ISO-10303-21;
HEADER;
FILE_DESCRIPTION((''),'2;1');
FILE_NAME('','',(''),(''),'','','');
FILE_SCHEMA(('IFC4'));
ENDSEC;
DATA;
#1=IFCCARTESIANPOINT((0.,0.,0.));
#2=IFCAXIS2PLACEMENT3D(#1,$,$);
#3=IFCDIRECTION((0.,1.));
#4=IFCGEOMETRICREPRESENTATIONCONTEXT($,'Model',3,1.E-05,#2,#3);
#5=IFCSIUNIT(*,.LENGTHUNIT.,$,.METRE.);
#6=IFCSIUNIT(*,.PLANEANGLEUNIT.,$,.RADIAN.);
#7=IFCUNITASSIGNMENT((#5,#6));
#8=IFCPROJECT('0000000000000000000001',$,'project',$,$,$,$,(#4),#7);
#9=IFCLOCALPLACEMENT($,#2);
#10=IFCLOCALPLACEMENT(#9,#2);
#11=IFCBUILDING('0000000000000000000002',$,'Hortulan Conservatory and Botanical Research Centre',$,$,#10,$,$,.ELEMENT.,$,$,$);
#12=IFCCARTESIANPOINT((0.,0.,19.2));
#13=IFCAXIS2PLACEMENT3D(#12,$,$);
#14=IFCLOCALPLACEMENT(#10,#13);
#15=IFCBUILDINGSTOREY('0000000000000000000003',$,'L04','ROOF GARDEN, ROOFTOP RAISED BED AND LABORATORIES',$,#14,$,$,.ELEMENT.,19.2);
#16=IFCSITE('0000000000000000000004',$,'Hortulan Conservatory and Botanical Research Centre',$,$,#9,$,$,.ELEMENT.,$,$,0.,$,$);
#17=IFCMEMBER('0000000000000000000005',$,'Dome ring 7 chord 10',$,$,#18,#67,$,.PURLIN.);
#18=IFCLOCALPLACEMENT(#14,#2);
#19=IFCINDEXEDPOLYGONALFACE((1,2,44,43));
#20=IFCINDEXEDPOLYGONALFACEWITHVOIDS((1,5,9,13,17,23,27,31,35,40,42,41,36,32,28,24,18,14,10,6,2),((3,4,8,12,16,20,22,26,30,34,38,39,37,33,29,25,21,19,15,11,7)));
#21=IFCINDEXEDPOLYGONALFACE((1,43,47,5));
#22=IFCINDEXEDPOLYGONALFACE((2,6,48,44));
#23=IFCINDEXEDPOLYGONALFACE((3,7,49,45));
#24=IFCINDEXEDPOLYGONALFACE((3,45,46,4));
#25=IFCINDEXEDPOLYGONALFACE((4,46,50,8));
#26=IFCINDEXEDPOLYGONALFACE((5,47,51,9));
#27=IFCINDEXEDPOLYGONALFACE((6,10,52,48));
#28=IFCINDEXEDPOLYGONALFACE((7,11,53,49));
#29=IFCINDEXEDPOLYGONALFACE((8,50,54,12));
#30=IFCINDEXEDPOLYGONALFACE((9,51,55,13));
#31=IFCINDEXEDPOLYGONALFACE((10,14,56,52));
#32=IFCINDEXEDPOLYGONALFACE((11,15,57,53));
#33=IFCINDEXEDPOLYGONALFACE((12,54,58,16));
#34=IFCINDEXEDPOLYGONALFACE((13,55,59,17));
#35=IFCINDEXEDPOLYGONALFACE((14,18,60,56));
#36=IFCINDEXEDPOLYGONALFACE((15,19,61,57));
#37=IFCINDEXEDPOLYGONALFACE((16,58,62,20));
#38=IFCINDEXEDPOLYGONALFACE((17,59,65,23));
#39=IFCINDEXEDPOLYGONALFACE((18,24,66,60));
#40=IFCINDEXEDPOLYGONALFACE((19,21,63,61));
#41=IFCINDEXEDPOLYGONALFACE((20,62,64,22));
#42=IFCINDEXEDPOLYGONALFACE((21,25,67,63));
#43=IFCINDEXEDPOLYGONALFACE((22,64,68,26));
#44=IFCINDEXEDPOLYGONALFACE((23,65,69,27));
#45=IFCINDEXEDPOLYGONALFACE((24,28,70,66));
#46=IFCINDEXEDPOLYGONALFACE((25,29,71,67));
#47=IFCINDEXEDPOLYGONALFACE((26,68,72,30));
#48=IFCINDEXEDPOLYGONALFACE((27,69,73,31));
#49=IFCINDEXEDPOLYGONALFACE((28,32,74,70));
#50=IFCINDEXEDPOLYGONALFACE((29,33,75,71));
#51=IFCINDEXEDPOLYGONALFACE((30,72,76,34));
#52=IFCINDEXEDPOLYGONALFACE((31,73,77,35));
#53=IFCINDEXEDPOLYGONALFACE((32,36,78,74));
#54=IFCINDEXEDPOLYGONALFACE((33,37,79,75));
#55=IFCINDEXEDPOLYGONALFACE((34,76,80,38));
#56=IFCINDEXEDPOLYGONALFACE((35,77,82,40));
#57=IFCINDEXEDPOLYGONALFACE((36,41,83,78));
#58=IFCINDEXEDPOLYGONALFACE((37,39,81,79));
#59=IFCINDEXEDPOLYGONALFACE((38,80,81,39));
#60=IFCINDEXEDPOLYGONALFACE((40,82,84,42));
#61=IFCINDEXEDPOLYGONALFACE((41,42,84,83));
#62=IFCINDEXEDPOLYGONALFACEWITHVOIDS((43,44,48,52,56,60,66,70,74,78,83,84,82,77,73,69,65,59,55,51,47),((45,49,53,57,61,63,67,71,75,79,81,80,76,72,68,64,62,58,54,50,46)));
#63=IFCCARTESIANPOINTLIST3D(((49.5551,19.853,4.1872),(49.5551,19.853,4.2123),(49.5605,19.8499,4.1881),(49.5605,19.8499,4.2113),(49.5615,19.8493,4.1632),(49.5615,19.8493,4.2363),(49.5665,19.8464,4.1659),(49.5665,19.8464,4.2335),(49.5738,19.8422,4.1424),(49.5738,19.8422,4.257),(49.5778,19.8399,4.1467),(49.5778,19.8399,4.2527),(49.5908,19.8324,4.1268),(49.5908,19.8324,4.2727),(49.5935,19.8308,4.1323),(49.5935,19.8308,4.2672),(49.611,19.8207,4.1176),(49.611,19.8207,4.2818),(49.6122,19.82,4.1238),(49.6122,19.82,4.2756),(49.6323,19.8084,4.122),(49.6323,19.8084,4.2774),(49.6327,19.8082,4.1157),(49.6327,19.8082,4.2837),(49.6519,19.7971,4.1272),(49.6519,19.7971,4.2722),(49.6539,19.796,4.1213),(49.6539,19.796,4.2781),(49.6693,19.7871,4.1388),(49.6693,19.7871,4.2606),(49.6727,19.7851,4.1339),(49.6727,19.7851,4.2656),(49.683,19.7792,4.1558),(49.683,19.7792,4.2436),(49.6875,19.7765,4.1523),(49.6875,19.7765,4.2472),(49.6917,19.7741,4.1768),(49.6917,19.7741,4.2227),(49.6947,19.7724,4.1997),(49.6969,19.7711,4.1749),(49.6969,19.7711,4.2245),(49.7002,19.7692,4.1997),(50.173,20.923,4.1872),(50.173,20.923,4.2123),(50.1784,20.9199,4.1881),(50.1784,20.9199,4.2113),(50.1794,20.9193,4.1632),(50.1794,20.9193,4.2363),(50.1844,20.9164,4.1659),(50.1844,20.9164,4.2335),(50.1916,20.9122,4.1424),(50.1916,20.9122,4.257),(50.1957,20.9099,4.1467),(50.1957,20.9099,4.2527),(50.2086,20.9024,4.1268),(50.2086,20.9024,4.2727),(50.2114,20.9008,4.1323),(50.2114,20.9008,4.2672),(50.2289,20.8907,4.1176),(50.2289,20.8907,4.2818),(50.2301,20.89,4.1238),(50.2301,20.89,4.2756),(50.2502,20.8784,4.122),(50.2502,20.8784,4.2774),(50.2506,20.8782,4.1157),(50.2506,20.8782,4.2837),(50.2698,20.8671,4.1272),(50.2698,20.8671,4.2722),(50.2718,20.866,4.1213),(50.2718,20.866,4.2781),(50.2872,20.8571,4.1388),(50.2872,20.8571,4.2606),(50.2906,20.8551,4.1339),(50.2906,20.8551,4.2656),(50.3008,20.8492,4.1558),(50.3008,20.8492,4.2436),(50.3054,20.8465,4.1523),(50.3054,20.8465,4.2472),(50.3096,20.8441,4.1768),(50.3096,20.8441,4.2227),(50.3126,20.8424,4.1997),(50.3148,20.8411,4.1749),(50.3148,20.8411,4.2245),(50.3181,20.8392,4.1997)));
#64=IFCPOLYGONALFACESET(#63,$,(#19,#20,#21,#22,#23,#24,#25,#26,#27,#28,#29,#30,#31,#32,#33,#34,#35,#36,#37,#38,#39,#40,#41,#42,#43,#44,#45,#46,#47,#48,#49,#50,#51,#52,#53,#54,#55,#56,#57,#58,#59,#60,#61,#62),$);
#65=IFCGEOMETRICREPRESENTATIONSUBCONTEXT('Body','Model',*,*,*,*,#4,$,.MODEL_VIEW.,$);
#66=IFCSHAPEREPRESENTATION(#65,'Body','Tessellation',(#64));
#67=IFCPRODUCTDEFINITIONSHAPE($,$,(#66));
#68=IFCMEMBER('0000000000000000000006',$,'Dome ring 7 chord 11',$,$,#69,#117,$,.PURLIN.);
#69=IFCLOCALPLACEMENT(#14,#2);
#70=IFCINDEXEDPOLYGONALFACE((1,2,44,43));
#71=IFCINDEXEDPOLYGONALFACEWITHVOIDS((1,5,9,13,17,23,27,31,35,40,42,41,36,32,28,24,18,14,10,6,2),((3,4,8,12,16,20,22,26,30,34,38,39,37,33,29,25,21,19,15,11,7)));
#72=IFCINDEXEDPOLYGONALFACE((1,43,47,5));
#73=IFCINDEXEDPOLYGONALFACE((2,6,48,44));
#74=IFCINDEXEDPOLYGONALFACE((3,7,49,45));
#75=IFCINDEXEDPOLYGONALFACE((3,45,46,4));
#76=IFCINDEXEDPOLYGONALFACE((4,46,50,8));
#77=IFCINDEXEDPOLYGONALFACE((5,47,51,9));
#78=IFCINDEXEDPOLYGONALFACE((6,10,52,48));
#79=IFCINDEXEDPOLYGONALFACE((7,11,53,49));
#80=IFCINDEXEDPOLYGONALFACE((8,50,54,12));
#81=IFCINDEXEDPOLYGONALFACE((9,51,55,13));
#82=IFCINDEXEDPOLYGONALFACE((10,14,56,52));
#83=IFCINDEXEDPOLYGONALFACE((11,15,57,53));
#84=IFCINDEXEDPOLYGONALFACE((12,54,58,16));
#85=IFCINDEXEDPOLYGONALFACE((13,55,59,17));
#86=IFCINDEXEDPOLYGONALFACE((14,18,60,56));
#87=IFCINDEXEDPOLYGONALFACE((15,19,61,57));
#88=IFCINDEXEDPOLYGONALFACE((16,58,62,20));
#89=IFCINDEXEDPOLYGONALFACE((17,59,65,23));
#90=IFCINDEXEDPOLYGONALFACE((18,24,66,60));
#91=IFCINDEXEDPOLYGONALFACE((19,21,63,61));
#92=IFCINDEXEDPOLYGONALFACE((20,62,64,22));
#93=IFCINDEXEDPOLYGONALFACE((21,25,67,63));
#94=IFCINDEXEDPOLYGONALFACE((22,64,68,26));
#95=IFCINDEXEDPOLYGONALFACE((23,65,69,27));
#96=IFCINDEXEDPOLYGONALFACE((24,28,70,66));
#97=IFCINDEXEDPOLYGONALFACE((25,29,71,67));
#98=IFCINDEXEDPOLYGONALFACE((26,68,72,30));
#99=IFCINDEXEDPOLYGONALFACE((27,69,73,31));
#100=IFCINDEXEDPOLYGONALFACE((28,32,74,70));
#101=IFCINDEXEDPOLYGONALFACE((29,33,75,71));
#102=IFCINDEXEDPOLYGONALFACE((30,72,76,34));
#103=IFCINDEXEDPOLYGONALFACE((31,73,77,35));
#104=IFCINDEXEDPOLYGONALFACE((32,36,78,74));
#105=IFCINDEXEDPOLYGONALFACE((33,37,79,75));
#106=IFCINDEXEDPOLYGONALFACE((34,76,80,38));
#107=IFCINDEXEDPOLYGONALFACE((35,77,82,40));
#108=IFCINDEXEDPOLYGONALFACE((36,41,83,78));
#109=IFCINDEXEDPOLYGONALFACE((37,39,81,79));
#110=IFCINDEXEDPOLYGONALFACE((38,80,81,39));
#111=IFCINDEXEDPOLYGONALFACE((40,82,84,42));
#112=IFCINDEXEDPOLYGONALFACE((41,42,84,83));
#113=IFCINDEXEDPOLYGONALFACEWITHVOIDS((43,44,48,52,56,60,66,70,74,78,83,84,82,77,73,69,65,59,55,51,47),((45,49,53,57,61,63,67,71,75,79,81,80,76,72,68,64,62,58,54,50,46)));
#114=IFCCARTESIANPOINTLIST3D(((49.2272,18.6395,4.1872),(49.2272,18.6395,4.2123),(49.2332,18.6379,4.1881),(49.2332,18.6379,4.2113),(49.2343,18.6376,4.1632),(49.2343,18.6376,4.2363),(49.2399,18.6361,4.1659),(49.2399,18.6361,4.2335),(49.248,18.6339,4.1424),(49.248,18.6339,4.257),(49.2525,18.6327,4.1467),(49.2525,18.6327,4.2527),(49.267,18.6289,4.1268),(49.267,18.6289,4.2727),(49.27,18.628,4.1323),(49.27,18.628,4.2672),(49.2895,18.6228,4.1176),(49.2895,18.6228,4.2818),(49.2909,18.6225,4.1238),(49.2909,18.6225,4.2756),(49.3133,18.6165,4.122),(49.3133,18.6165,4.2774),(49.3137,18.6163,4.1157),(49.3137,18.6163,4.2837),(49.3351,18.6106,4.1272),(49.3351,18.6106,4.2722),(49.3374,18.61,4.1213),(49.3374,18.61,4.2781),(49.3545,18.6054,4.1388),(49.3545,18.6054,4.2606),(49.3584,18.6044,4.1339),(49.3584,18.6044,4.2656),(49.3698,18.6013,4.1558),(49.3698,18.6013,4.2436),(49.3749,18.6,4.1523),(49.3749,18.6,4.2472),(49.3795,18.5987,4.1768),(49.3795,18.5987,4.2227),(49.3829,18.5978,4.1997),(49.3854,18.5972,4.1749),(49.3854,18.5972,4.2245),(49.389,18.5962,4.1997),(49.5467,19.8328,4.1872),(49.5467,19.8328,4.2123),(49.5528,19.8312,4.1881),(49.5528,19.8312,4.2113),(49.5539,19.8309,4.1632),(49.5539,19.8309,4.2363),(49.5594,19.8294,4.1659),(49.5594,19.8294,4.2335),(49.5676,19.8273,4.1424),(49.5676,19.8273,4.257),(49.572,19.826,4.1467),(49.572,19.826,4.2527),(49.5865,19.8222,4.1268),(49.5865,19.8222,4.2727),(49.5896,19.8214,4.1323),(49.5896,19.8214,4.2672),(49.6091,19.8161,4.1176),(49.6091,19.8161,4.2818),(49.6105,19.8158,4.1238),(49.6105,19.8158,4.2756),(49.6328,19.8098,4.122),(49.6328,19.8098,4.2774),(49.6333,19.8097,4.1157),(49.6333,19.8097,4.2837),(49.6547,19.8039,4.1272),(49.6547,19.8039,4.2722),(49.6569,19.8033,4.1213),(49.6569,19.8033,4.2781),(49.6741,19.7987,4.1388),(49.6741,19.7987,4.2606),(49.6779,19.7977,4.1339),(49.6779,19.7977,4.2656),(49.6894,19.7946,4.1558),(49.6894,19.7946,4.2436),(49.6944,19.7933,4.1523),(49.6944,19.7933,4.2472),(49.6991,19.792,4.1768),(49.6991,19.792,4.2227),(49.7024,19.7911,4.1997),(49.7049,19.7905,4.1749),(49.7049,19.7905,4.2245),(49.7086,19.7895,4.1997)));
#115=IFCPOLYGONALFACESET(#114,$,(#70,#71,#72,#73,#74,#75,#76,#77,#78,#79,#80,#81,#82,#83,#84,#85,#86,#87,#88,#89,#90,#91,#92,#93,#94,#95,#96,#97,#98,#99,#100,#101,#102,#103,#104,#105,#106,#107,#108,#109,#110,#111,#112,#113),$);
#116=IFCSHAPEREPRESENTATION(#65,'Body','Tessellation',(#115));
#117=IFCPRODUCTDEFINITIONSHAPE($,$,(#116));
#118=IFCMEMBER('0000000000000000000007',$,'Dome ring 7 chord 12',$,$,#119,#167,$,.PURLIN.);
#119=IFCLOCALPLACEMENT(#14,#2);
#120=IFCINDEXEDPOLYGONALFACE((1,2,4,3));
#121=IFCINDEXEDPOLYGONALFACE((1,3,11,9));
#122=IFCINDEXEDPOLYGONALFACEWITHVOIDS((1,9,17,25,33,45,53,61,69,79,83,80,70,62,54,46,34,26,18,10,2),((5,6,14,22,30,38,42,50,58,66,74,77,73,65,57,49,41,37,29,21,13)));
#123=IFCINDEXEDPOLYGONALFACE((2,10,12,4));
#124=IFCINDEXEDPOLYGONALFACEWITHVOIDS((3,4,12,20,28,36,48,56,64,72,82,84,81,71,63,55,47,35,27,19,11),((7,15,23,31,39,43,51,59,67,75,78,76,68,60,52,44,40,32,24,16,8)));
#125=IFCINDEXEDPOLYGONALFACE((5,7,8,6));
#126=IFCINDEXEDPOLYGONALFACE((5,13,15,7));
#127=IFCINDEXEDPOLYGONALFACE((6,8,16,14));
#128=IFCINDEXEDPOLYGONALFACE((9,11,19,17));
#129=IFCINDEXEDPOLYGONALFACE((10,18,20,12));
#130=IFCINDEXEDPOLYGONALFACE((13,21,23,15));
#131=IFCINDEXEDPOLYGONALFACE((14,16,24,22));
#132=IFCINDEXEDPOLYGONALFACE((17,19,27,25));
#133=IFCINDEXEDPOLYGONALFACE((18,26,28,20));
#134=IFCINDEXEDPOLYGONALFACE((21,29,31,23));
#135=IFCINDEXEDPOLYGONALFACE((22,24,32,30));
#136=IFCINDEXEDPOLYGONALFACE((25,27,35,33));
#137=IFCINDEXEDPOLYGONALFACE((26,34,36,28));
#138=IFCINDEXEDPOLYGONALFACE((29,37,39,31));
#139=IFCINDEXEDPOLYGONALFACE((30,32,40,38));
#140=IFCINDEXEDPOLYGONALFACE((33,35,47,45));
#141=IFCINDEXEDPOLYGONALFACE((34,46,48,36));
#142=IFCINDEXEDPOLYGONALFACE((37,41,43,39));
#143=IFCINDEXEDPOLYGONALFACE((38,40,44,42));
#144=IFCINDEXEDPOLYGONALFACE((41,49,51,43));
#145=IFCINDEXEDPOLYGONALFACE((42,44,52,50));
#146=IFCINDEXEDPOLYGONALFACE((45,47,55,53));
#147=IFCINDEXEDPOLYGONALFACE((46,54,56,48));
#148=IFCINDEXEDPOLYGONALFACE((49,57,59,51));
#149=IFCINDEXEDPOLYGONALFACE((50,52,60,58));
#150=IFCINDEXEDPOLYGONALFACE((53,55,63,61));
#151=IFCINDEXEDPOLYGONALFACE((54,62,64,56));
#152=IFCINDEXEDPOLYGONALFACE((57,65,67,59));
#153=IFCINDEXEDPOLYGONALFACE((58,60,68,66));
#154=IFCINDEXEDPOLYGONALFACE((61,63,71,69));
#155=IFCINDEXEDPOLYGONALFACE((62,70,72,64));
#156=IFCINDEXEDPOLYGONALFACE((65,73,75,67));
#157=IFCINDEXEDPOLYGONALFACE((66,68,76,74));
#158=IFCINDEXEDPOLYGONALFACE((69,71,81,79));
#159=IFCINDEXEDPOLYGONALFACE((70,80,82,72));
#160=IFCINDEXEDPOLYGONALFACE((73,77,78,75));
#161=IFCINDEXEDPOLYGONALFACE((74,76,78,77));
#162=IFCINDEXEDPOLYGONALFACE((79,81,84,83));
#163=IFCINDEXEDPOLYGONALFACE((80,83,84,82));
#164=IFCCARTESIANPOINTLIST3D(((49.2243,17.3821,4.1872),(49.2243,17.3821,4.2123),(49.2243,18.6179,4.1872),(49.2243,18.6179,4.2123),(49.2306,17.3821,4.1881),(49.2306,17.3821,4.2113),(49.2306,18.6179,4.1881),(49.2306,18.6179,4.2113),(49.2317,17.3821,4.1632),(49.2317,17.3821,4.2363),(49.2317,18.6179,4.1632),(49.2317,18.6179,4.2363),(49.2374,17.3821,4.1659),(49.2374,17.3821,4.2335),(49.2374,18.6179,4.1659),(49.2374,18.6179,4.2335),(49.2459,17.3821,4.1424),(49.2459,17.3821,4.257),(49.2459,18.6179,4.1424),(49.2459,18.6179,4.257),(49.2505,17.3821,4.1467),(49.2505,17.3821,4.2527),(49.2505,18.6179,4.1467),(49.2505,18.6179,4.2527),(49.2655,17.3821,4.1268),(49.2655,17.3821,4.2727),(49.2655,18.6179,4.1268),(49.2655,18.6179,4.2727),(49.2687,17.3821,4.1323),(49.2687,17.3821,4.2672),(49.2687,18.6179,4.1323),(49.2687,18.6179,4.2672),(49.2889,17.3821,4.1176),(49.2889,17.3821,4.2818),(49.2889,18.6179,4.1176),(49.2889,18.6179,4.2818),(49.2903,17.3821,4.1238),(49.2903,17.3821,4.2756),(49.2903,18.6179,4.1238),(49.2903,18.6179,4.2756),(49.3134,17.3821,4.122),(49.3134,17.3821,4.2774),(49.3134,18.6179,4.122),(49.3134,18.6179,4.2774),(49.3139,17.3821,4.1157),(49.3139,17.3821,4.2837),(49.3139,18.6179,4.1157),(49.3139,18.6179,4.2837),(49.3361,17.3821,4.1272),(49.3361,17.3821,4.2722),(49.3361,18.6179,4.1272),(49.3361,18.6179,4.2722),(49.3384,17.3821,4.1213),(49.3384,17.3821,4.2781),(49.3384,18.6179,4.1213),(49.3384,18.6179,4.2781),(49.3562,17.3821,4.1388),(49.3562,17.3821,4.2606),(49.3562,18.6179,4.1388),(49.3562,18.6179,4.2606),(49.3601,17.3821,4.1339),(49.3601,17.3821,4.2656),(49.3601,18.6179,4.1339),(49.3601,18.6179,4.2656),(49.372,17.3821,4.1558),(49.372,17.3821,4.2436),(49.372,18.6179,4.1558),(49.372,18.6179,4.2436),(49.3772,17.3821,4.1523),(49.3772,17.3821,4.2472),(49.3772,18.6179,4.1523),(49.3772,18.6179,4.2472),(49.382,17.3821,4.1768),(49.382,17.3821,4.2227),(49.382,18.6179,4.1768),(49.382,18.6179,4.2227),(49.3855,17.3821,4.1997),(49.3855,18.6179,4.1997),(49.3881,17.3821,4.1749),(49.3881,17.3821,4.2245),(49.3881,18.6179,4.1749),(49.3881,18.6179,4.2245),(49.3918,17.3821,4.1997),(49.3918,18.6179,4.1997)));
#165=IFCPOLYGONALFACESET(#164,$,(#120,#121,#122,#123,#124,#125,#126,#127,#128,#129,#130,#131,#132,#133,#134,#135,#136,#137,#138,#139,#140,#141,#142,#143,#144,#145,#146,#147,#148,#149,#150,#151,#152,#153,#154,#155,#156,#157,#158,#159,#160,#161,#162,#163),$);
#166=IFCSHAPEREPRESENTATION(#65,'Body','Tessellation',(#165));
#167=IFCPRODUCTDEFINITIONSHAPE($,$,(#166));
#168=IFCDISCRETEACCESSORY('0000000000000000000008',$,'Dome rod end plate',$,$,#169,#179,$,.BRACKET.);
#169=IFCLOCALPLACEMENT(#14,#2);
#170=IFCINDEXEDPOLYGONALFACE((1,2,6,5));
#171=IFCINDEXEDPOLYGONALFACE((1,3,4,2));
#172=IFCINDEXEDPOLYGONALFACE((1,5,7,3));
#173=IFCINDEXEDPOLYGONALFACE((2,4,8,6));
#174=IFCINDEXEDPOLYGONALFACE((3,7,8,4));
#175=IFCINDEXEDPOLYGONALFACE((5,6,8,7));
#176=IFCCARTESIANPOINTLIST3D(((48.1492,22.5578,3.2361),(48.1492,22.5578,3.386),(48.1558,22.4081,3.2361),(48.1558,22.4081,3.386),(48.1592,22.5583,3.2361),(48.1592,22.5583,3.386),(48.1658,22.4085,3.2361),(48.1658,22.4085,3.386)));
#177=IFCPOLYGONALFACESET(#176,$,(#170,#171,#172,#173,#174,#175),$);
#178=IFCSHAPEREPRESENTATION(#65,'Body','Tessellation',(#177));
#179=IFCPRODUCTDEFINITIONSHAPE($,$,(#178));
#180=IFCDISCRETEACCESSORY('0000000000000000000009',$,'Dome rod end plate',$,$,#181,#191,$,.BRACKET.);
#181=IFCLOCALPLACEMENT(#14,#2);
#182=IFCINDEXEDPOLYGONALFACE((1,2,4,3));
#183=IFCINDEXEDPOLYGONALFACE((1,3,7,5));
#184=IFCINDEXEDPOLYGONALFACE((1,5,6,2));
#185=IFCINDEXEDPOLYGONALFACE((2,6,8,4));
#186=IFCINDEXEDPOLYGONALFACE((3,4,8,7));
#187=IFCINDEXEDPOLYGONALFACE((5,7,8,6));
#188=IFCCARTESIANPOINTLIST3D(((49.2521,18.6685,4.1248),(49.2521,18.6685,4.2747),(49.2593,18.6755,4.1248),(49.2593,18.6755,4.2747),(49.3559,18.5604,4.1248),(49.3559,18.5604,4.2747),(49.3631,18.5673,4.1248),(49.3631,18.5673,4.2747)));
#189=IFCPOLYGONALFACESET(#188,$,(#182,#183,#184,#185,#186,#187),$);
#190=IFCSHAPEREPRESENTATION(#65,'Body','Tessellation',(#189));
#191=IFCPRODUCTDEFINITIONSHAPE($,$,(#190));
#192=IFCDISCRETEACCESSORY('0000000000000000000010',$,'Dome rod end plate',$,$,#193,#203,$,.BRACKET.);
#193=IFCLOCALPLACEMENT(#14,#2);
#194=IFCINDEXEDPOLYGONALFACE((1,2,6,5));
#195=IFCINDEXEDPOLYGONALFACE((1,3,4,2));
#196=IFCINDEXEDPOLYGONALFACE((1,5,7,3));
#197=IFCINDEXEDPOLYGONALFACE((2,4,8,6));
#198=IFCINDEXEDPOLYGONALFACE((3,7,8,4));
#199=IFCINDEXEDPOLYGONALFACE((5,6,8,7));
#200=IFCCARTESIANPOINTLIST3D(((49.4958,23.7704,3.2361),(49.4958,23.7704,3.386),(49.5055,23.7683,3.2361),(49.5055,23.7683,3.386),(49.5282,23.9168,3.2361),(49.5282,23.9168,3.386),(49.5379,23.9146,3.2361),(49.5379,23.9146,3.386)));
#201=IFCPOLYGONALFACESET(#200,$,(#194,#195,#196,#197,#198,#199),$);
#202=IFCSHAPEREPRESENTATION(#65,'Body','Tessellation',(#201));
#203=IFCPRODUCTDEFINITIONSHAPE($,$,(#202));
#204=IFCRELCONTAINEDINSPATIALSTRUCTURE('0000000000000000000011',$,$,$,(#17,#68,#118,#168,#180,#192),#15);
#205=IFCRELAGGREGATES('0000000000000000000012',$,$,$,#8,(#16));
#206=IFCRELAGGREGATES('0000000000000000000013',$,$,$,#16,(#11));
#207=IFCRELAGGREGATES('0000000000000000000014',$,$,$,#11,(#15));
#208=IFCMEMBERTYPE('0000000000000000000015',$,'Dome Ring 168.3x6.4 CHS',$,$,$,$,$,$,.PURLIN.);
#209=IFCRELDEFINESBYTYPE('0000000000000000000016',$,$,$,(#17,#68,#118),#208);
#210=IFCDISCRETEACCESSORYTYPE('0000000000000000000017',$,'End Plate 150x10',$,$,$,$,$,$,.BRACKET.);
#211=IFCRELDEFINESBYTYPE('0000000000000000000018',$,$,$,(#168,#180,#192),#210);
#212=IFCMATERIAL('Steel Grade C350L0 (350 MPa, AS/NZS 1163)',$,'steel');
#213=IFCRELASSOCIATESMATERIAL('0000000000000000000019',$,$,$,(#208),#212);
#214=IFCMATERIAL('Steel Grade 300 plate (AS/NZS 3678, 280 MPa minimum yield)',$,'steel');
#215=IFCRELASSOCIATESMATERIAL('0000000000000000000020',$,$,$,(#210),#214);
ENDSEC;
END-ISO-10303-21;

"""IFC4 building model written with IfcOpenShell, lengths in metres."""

from ifc_helpers import new_model, si_unit, direction, frame, origin, origin_2d, place, context, subcontext, project, spatial, rectangle, hollow_circle, extrude, material, material_profile, profile_set, type_object, element, save


model = new_model("IFC4")

# Units and contexts
model_context = context("Model", 3, precision=1e-05, world=origin(), true_north=direction((0.0, 1.0)))
body_context = subcontext(model_context, "Body", "Model", "MODEL_VIEW")
ifc_project = project(units=[si_unit("LENGTHUNIT", "METRE"), si_unit("PLANEANGLEUNIT", "RADIAN")], contexts=[model_context])

# Site, building, storey
site_placement = place(None, origin())
site = spatial("IfcSite", under=ifc_project, at=site_placement, Name="Hortulan Conservatory and Botanical Research Centre", CompositionType="ELEMENT", RefElevation=0.0)
building_placement = place(site_placement, origin())
building = spatial("IfcBuilding", under=site, at=building_placement, Name="Hortulan Conservatory and Botanical Research Centre", CompositionType="ELEMENT")
storey_placement = place(building_placement, frame((0.0, 0.0, 19.2)))
storey = spatial("IfcBuildingStorey", under=building, at=storey_placement, Name="L04", Description="ROOF GARDEN, ROOFTOP RAISED BED AND LABORATORIES", CompositionType="ELEMENT", Elevation=19.2)

# Shared definitions
ifc_material_1 = material(Name="Steel Grade C350L0 (350 MPa, AS/NZS 1163)", Category="steel")

# Members
ifc_material_profile_1 = material_profile(ifc_material_1, hollow_circle(Radius=0.0842, WallThickness=0.0063, at=origin_2d()), Name="168.3x6.4CHS")
ifc_profile_set_1 = profile_set([ifc_material_profile_1], Name="Steel Grade C350L0 (350 MPa, AS/NZS 1163)")
member_type_1 = type_object("IfcMemberType", Name="Dome Ring 168.3x6.4 CHS", PredefinedType="PURLIN", material=ifc_profile_set_1)
member_1_placement = place(storey_placement, frame((50.2451, 20.8813, 4.1997), z_axis=(-0.50007, -0.865985, 0.0), x_axis=(0.865985, -0.50007, 0.0)))
element("IfcMember", 1, at=member_1_placement, inside=storey, type_object=member_type_1, Name="Dome ring 7 chord 10", PredefinedType="PURLIN", context=body_context, shape_type="SweptSolid", body=[
    extrude(hollow_circle(Radius=0.0842, WallThickness=0.0063, at=origin_2d()), origin(), (0.0, 0.0, 1.0), 1.2356),
])
member_2_placement = place(storey_placement, frame((49.6272, 19.8113, 4.1997), z_axis=(-0.258683, -0.965962, 0.0), x_axis=(0.965962, -0.258683, 0.0)))
element("IfcMember", 2, at=member_2_placement, inside=storey, type_object=member_type_1, Name="Dome ring 7 chord 11", PredefinedType="PURLIN", context=body_context, shape_type="SweptSolid", body=[
    extrude(hollow_circle(Radius=0.0842, WallThickness=0.0063, at=origin_2d()), origin(), (0.0, 0.0, 1.0), 1.2354),
])
member_3_placement = place(storey_placement, frame((49.3076, 18.6179, 4.1997), z_axis=(0.0, -1.0, 0.0), x_axis=(1.0, 0.0, 0.0)))
element("IfcMember", 3, at=member_3_placement, inside=storey, type_object=member_type_1, Name="Dome ring 7 chord 12", PredefinedType="PURLIN", context=body_context, shape_type="SweptSolid", body=[
    extrude(hollow_circle(Radius=0.0842, WallThickness=0.0063, at=origin_2d()), origin(), (0.0, 0.0, 1.0), 1.2358),
])

# Discrete accessories
ifc_material_2 = material(Name="Steel Grade 300 plate (AS/NZS 3678, 280 MPa minimum yield)", Category="steel")
discrete_accessory_type = type_object("IfcDiscreteAccessoryType", Name="End Plate 150x10", PredefinedType="BRACKET", material=ifc_material_2)
for number, where, z_axis, x_axis, name in (
    (4, (48.1575, 22.4832, 3.2361), (0.0, 0.0, 1.0), (0.044003, -0.999031, 0.0), "Dome rod end plate"),
    (5, (49.3076, 18.6179, 4.1248), (0.0, 0.0, 1.0), (0.692345, -0.721567, 0.0), "Dome rod end plate"),
    (6, (49.5168, 23.8425, 3.2361), (0.0, 0.0, 1.0), (0.216065, 0.976379, 0.0), "Dome rod end plate"),
):
    element("IfcDiscreteAccessory", number, at=place(storey_placement, frame(where, z_axis=z_axis, x_axis=x_axis)), inside=storey, type_object=discrete_accessory_type, Name=name, PredefinedType="BRACKET", context=body_context, shape_type="SweptSolid", body=[
        extrude(rectangle(XDim=0.1499, YDim=0.01, at=origin_2d()), origin(), (0.0, 0.0, 1.0), 0.1499),
    ])

save(model, "model.ifc")
